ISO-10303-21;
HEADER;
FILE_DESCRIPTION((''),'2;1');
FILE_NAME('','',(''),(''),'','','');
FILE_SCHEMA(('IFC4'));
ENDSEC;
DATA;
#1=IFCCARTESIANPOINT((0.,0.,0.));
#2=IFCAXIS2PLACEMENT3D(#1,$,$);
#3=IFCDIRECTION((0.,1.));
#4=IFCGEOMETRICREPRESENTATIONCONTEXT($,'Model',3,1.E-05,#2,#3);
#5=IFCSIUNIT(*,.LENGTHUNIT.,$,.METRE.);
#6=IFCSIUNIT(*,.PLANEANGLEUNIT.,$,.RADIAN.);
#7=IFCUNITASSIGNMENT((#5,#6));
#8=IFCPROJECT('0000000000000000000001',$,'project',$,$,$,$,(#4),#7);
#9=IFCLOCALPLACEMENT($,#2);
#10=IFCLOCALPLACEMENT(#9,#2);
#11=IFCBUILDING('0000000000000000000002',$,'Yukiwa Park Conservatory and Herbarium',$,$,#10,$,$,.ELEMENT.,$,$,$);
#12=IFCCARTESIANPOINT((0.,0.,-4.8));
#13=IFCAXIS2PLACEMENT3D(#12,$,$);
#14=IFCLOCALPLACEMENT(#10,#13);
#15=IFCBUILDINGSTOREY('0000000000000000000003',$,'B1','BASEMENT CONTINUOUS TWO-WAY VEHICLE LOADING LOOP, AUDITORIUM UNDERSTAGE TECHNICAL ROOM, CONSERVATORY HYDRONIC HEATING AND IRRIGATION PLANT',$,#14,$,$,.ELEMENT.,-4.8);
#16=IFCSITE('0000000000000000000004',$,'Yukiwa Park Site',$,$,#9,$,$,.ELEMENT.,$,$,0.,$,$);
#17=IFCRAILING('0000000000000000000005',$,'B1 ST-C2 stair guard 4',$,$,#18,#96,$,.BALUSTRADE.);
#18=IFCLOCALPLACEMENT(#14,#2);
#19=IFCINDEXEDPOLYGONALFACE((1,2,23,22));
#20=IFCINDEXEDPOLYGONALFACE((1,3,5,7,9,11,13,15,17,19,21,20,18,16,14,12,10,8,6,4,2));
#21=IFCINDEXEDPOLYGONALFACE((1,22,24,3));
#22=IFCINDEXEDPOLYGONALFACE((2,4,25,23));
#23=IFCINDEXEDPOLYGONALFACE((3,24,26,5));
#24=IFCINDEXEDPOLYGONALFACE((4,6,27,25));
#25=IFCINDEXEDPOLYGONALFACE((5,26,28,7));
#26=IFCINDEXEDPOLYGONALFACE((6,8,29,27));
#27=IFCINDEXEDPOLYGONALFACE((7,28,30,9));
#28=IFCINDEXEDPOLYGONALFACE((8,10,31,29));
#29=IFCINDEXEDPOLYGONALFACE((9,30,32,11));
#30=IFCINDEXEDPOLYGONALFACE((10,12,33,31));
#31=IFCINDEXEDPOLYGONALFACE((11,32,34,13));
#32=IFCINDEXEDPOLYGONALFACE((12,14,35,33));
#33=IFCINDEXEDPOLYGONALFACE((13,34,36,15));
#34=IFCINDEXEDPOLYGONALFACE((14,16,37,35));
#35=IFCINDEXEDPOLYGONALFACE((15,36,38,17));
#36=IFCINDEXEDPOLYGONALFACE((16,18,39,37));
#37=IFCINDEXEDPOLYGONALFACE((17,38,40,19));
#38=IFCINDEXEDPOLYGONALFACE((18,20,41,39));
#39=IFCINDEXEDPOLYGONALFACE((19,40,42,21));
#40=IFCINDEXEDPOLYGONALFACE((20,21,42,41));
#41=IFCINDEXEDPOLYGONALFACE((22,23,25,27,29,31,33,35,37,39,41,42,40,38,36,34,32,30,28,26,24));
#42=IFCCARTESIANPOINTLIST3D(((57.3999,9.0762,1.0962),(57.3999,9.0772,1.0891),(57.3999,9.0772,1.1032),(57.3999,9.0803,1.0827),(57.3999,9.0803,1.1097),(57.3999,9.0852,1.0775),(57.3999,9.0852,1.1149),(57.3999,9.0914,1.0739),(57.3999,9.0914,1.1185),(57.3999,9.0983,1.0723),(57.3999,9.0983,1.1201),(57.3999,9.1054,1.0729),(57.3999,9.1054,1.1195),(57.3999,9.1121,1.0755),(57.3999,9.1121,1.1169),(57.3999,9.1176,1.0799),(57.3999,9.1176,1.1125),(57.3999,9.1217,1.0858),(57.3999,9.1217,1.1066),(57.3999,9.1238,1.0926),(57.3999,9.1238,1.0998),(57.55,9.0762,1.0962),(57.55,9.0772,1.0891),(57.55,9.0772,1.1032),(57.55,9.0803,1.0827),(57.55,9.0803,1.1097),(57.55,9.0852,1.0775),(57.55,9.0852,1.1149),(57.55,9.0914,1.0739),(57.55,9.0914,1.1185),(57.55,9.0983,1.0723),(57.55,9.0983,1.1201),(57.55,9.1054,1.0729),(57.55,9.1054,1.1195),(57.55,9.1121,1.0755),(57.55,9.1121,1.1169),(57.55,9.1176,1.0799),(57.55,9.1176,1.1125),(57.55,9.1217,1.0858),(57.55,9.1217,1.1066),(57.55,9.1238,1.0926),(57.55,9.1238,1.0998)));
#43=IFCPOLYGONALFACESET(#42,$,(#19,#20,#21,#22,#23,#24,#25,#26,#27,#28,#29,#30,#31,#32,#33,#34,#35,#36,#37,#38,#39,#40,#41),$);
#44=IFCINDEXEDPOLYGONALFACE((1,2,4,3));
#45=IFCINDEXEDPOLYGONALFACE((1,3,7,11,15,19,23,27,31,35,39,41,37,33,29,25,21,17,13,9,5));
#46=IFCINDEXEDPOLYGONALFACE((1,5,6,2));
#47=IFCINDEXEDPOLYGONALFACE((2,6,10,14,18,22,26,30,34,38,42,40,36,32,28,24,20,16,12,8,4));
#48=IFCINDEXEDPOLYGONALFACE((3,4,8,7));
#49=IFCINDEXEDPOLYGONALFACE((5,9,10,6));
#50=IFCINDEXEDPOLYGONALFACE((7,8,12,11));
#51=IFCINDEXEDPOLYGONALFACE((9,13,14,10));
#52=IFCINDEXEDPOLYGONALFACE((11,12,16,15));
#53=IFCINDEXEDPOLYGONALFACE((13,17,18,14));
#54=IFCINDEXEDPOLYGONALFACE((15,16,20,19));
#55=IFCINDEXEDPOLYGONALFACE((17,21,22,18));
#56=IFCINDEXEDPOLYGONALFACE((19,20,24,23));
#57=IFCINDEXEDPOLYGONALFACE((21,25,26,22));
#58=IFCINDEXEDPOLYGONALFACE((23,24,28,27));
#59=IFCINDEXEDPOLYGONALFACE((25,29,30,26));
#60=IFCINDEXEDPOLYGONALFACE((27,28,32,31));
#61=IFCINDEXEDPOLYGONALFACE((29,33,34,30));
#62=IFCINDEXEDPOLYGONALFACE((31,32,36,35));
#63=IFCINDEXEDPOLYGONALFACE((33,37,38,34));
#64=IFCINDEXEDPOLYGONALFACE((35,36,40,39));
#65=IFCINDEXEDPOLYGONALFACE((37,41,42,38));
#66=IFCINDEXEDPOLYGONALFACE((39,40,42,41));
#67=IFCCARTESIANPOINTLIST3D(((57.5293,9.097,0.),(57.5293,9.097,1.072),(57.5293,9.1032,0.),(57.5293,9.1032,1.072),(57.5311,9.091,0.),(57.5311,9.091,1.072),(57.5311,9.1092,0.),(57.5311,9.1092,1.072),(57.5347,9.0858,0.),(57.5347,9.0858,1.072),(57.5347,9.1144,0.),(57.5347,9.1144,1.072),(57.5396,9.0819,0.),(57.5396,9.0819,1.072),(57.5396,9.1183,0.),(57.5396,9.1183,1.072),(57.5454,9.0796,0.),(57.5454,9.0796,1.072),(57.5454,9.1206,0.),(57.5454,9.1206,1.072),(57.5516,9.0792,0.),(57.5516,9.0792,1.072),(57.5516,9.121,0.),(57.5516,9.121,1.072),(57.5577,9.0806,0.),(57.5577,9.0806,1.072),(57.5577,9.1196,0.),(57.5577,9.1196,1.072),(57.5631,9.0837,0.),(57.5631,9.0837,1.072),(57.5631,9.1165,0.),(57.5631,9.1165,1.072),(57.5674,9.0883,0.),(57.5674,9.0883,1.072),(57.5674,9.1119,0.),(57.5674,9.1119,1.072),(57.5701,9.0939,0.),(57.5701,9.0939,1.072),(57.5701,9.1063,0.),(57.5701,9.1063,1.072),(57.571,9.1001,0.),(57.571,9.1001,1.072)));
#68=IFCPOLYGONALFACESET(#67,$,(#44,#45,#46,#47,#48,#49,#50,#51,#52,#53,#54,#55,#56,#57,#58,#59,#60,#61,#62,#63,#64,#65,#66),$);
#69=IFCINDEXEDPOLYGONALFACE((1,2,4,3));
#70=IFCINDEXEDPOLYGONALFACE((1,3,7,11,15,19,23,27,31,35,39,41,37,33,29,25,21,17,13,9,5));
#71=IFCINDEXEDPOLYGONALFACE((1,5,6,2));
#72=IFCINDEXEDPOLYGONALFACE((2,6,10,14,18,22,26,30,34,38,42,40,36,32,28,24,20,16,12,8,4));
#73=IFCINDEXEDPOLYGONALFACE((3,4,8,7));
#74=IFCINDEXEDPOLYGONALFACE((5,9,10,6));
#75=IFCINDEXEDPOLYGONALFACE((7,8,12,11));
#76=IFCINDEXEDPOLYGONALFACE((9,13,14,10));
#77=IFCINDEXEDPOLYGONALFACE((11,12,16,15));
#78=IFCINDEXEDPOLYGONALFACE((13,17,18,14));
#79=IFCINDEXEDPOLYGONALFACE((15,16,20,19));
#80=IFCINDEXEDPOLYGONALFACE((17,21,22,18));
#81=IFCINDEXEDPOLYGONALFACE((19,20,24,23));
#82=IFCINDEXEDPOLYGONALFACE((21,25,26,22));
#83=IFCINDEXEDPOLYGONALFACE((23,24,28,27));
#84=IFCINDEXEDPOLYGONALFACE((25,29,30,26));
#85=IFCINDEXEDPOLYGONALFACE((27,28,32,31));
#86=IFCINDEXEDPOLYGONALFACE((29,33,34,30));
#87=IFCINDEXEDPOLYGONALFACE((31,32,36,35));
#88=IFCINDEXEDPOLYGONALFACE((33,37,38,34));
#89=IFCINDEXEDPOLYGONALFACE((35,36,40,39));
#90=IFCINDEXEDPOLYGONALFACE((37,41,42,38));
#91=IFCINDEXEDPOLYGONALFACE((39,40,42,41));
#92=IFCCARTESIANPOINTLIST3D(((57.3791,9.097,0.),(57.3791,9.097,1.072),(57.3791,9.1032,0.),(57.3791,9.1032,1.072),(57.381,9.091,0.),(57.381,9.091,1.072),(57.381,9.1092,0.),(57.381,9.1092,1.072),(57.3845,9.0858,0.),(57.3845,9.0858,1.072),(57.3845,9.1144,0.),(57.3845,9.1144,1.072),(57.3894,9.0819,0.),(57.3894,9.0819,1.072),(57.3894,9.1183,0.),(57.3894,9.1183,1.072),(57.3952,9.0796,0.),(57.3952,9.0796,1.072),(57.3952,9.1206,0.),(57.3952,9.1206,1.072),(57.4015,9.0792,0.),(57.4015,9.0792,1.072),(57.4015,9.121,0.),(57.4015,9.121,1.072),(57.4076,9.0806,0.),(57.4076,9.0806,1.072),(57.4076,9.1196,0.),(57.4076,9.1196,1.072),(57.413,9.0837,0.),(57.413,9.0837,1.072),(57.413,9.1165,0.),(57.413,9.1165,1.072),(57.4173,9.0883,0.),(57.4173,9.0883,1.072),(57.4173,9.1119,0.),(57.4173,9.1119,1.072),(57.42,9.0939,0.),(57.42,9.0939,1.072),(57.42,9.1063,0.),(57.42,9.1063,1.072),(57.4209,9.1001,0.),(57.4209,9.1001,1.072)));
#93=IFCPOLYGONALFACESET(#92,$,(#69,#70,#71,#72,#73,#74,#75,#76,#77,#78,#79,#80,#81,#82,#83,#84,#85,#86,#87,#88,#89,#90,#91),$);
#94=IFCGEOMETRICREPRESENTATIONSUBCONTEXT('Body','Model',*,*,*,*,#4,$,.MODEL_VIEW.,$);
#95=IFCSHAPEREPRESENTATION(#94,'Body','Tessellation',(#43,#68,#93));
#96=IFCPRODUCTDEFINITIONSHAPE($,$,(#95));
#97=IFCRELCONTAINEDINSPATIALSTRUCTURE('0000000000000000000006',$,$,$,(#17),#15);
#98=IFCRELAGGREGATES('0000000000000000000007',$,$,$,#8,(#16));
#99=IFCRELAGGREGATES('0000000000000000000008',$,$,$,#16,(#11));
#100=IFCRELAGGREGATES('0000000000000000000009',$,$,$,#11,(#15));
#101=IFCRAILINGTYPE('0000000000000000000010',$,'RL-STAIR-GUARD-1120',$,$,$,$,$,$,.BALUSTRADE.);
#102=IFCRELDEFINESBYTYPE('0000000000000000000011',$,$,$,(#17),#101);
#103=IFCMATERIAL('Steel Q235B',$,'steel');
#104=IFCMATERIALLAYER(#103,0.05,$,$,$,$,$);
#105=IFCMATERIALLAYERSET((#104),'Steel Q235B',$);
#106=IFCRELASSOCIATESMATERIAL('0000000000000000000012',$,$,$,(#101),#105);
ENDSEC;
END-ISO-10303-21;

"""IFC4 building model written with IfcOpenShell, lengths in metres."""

from ifc_helpers import new_model, si_unit, direction, frame, origin, origin_2d, place, context, subcontext, project, spatial, circle, extrude, material, layer, layer_set, type_object, element, save


model = new_model("IFC4")

# Units and contexts
model_context = context("Model", 3, precision=1e-05, world=origin(), true_north=direction((0.0, 1.0)))
body_context = subcontext(model_context, "Body", "Model", "MODEL_VIEW")
ifc_project = project(units=[si_unit("LENGTHUNIT", "METRE"), si_unit("PLANEANGLEUNIT", "RADIAN")], contexts=[model_context])

# Site, building, storey
site_placement = place(None, origin())
site = spatial("IfcSite", under=ifc_project, at=site_placement, Name="Yukiwa Park Site", CompositionType="ELEMENT", RefElevation=0.0)
building_placement = place(site_placement, origin())
building = spatial("IfcBuilding", under=site, at=building_placement, Name="Yukiwa Park Conservatory and Herbarium", CompositionType="ELEMENT")
storey_placement = place(building_placement, frame((0.0, 0.0, -4.8)))
storey = spatial("IfcBuildingStorey", under=building, at=storey_placement, Name="B1", Description="BASEMENT CONTINUOUS TWO-WAY VEHICLE LOADING LOOP, AUDITORIUM UNDERSTAGE TECHNICAL ROOM, CONSERVATORY HYDRONIC HEATING AND IRRIGATION PLANT", CompositionType="ELEMENT", Elevation=-4.8)

# Railing
ifc_material_1 = material(Name="Steel Q235B", Category="steel")
ifc_layer_1 = layer(ifc_material_1, 0.05)
ifc_layer_set_1 = layer_set([ifc_layer_1], Name="Steel Q235B")
railing_type_1 = type_object("IfcRailingType", Name="RL-STAIR-GUARD-1120", PredefinedType="BALUSTRADE", material=ifc_layer_set_1)
railing_1_placement = place(storey_placement, frame((57.55, 9.1001, 0.0)))
element("IfcRailing", 1, at=railing_1_placement, inside=storey, type_object=railing_type_1, Name="B1 ST-C2 stair guard 4", PredefinedType="BALUSTRADE", context=body_context, shape_type="SweptSolid", body=[
    extrude(circle(Radius=0.0239, at=origin_2d()), frame((0.0, 0.0, 1.0962), z_axis=(-1.0, 0.0, 0.0), x_axis=(0.0, -1.0, 0.0)), (0.0, 0.0, 1.0), 0.1501),
    extrude(circle(Radius=0.021, at=origin_2d()), origin(), (0.0, 0.0, 1.0), 1.072),
    extrude(circle(Radius=0.021, at=origin_2d()), frame((-0.1501, 0.0, 0.0)), (0.0, 0.0, 1.0), 1.072),
])

save(model, "model.ifc")
